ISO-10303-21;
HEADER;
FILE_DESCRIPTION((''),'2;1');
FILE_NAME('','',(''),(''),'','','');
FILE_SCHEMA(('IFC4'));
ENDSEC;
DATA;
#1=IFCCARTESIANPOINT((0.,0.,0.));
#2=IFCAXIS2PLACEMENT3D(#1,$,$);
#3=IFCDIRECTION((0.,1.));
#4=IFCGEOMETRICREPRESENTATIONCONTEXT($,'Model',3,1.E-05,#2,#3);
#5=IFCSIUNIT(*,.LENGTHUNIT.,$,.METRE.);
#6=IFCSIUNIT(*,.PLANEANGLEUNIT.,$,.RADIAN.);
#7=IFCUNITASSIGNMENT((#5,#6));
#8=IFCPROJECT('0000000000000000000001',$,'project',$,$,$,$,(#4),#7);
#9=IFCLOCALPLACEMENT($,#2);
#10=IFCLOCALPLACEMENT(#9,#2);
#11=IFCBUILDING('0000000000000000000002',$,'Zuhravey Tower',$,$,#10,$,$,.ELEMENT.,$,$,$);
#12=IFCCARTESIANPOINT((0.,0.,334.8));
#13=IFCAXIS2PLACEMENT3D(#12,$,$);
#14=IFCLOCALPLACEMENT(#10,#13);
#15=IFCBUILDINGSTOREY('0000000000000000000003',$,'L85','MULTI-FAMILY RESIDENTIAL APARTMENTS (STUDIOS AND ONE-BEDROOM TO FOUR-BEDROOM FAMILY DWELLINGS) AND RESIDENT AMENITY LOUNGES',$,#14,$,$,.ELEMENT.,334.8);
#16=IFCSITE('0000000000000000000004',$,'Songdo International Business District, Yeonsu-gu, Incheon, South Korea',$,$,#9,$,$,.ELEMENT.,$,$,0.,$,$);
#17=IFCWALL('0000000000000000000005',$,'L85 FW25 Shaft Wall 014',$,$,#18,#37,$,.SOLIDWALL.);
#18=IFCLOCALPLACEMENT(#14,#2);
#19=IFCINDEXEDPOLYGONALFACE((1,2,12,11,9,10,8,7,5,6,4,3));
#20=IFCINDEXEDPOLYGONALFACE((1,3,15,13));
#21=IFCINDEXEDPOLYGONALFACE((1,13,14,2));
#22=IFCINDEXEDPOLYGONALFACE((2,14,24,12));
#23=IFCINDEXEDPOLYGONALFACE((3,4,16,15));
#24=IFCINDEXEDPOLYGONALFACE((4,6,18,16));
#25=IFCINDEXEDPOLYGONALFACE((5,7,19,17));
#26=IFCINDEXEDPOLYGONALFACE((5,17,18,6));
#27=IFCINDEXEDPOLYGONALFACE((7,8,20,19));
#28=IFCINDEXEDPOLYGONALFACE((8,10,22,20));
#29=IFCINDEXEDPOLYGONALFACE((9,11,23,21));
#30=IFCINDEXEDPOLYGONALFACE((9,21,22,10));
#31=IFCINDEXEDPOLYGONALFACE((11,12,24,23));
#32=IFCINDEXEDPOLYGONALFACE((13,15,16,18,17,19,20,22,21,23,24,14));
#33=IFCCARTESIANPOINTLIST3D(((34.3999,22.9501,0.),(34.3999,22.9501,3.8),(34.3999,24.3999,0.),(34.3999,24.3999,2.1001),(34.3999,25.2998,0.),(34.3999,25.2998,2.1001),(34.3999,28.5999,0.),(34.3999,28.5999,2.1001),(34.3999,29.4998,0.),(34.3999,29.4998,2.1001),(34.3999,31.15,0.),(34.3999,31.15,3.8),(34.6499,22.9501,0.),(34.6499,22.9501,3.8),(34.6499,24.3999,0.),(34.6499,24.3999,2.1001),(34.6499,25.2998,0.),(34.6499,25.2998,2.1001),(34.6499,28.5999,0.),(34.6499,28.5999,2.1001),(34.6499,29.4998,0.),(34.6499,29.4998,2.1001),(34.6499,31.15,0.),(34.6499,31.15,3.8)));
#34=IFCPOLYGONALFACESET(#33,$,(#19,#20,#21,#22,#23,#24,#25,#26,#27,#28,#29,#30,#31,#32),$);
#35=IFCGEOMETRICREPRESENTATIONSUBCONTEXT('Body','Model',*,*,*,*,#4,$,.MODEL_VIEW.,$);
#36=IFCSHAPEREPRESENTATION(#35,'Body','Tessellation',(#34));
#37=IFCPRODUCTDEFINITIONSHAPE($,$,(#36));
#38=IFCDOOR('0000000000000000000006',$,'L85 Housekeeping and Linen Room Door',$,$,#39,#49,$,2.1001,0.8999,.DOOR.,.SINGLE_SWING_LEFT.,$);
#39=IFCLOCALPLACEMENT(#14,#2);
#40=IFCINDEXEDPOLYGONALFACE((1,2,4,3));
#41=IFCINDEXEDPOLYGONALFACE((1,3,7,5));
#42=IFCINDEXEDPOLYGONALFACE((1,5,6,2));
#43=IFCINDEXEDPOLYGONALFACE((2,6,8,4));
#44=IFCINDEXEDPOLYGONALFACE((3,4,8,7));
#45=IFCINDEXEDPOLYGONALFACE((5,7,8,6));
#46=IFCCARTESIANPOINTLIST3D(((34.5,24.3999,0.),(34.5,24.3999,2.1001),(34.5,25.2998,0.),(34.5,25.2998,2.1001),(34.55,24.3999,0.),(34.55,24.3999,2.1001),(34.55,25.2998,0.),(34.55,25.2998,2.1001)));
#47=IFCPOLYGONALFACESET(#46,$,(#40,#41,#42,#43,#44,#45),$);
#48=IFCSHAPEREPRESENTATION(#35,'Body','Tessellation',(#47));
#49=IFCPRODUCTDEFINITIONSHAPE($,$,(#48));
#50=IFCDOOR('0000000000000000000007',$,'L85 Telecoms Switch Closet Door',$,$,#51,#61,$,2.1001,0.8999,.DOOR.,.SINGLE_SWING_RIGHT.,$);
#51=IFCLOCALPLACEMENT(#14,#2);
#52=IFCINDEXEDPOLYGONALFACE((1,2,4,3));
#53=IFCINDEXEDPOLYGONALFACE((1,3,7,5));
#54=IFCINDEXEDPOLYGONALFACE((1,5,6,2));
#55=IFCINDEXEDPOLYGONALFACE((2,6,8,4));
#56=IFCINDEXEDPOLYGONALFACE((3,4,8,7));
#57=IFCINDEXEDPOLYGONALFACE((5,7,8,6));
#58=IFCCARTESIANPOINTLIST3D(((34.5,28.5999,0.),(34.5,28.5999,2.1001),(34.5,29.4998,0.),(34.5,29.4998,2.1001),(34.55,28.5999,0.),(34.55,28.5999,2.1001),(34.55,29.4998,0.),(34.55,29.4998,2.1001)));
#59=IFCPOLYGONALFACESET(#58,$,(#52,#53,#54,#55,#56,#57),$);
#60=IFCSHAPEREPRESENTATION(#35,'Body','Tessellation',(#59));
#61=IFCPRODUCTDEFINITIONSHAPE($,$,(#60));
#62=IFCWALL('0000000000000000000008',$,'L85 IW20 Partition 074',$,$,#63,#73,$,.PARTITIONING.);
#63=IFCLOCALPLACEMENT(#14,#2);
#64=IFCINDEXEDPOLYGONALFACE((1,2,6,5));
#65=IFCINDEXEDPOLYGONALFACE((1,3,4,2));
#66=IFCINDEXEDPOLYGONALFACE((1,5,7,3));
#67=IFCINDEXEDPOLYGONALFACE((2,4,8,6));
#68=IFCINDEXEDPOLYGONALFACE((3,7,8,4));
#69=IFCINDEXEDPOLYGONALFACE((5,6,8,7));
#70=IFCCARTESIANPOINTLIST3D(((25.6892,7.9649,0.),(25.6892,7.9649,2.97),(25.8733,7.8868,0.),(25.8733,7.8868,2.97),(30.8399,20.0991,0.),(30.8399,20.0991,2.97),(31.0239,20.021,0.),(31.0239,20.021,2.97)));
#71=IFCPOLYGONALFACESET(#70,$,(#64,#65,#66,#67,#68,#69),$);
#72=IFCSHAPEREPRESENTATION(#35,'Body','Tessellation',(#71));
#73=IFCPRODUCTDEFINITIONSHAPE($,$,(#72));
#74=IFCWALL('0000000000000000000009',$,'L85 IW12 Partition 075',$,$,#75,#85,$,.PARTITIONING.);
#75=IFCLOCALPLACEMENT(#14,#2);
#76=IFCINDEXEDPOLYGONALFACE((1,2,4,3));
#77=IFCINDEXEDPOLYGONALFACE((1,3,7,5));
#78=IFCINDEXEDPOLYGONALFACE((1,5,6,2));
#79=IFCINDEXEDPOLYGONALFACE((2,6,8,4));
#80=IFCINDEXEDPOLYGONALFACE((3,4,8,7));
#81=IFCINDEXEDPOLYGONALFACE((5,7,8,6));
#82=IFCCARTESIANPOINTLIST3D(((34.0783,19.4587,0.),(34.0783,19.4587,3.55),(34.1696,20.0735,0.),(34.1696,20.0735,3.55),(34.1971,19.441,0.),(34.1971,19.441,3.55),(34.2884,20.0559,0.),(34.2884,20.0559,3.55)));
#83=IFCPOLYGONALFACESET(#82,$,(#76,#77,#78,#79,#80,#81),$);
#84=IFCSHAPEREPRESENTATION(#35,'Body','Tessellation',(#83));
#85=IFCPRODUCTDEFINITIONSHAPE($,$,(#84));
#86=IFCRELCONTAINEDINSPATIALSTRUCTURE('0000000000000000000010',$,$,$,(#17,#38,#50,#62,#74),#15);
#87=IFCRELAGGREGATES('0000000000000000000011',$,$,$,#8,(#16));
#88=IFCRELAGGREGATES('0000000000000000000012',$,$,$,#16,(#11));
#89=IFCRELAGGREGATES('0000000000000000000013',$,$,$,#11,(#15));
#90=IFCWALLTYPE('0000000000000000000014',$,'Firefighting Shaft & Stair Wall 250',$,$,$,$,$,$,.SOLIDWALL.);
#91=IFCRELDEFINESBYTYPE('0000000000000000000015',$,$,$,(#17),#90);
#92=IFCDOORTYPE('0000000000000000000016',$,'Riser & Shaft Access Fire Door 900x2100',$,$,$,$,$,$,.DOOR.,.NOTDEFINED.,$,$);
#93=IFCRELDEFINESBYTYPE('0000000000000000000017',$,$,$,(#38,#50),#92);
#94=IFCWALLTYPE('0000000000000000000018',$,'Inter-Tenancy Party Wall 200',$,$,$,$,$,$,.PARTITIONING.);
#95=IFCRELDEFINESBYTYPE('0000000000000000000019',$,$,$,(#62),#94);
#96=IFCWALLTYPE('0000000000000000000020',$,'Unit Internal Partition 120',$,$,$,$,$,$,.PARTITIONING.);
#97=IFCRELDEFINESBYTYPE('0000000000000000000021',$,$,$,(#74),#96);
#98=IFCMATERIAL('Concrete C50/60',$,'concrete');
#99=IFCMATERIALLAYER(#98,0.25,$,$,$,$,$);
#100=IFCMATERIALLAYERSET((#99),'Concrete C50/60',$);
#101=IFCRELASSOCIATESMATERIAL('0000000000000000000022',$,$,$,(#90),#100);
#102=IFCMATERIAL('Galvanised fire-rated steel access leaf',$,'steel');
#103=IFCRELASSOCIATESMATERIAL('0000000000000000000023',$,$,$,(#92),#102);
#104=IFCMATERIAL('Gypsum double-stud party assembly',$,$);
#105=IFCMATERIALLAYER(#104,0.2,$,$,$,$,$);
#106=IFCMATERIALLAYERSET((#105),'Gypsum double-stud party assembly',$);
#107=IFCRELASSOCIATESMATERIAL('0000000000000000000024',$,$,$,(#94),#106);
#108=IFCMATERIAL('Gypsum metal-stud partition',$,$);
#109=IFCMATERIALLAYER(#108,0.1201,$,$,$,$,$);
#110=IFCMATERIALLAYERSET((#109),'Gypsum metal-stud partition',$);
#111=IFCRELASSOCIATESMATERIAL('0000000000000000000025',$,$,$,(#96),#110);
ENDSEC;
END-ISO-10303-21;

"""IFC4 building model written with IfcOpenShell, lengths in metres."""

from ifc_helpers import new_model, si_unit, direction, frame, frame_2d, origin, place, context, subcontext, project, spatial, rectangle, extrude, material, layer, layer_set, type_object, element, fill, save


model = new_model("IFC4")

# Units and contexts
model_context = context("Model", 3, precision=1e-05, world=origin(), true_north=direction((0.0, 1.0)))
body_context = subcontext(model_context, "Body", "Model", "MODEL_VIEW")
ifc_project = project(units=[si_unit("LENGTHUNIT", "METRE"), si_unit("PLANEANGLEUNIT", "RADIAN")], contexts=[model_context])

# Site, building, storey
site_placement = place(None, origin())
site = spatial("IfcSite", under=ifc_project, at=site_placement, Name="Songdo International Business District, Yeonsu-gu, Incheon, South Korea", CompositionType="ELEMENT", RefElevation=0.0)
building_placement = place(site_placement, origin())
building = spatial("IfcBuilding", under=site, at=building_placement, Name="Zuhravey Tower", CompositionType="ELEMENT")
storey_placement = place(building_placement, frame((0.0, 0.0, 334.8)))
storey = spatial("IfcBuildingStorey", under=building, at=storey_placement, Name="L85", Description="MULTI-FAMILY RESIDENTIAL APARTMENTS (STUDIOS AND ONE-BEDROOM TO FOUR-BEDROOM FAMILY DWELLINGS) AND RESIDENT AMENITY LOUNGES", CompositionType="ELEMENT", Elevation=334.8)

# Shared definitions
ifc_material_1 = material(Name="Concrete C50/60", Category="concrete")

# Shared definitions
ifc_layer_1 = layer(ifc_material_1, 0.25)
ifc_layer_set_1 = layer_set([ifc_layer_1], Name="Concrete C50/60")
wall_type_1 = type_object("IfcWallType", Name="Firefighting Shaft & Stair Wall 250", PredefinedType="SOLIDWALL", material=ifc_layer_set_1)
ifc_material_2 = material(Name="Galvanised fire-rated steel access leaf", Category="steel")
door_type_1 = type_object("IfcDoorType", Name="Riser & Shaft Access Fire Door 900x2100", OperationType="NOTDEFINED", PredefinedType="DOOR", material=ifc_material_2)

# Wall, openings, doors
wall_1_placement = place(storey_placement, frame((34.5249, 22.95, 0.0), z_axis=(0.0, 0.0, 1.0), x_axis=(0.0, 1.0, 0.0)))
wall_1 = element("IfcWall", 1, at=wall_1_placement, inside=storey, type_object=wall_type_1, Name="L85 FW25 Shaft Wall 014", PredefinedType="SOLIDWALL", context=body_context, shape_type="SweptSolid", body=[
    extrude(rectangle(XDim=8.2, YDim=0.25, at=frame_2d((4.1001, 0.0))), origin(), (0.0, 0.0, 1.0), 3.8),
])
opening_1_placement = place(wall_1_placement, frame((1.45, 0.0, 0.0)))
opening_1 = element("IfcOpeningElement", 2, at=opening_1_placement, cuts=wall_1, PredefinedType="OPENING", context=body_context, shape_type="SweptSolid", body=[
    extrude(rectangle(XDim=0.8999, YDim=2.1001, at=frame_2d((0.45, 1.05))), frame((0.0, 0.137, 0.0), z_axis=(0.0, -1.0, 0.0), x_axis=(1.0, 0.0, 0.0)), (0.0, 0.0, 1.0), 0.2739),
])
opening_2_placement = place(wall_1_placement, frame((5.6499, 0.0, 0.0)))
opening_2 = element("IfcOpeningElement", 3, at=opening_2_placement, cuts=wall_1, PredefinedType="OPENING", context=body_context, shape_type="SweptSolid", body=[
    extrude(rectangle(XDim=0.8999, YDim=2.1001, at=frame_2d((0.45, 1.05))), frame((0.0, 0.137, 0.0), z_axis=(0.0, -1.0, 0.0), x_axis=(1.0, 0.0, 0.0)), (0.0, 0.0, 1.0), 0.2739),
])
door_1_placement = place(opening_1_placement, origin())
door_1 = element("IfcDoor", 4, at=door_1_placement, inside=storey, type_object=door_type_1, Name="L85 Housekeeping and Linen Room Door", OperationType="SINGLE_SWING_LEFT", OverallHeight=2.1001, OverallWidth=0.8999, PredefinedType="DOOR", context=body_context, shape_type="SweptSolid", body=[
    extrude(rectangle(XDim=0.8999, YDim=2.1001, at=frame_2d((0.45, 1.05))), frame((0.0, 0.0249, 0.0), z_axis=(0.0, -1.0, 0.0), x_axis=(1.0, 0.0, 0.0)), (0.0, 0.0, 1.0), 0.05),
])
fill(opening_1, door_1)
door_2_placement = place(opening_2_placement, origin())
door_2 = element("IfcDoor", 5, at=door_2_placement, inside=storey, type_object=door_type_1, Name="L85 Telecoms Switch Closet Door", OperationType="SINGLE_SWING_RIGHT", OverallHeight=2.1001, OverallWidth=0.8999, PredefinedType="DOOR", context=body_context, shape_type="SweptSolid", body=[
    extrude(rectangle(XDim=0.8999, YDim=2.1001, at=frame_2d((0.45, 1.05))), frame((0.0, 0.0249, 0.0), z_axis=(0.0, -1.0, 0.0), x_axis=(1.0, 0.0, 0.0)), (0.0, 0.0, 1.0), 0.05),
])
fill(opening_2, door_2)

# Walls
ifc_material_3 = material(Name="Gypsum double-stud party assembly")
ifc_layer_2 = layer(ifc_material_3, 0.2)
ifc_layer_set_2 = layer_set([ifc_layer_2], Name="Gypsum double-stud party assembly")
wall_type_2 = type_object("IfcWallType", Name="Inter-Tenancy Party Wall 200", PredefinedType="PARTITIONING", material=ifc_layer_set_2)
wall_2_placement = place(storey_placement, frame((30.9319, 20.0601, 0.0), z_axis=(0.0, 0.0, 1.0), x_axis=(-0.390727, -0.920507, 0.0)))
element("IfcWall", 6, at=wall_2_placement, inside=storey, type_object=wall_type_2, Name="L85 IW20 Partition 074", PredefinedType="PARTITIONING", context=body_context, shape_type="SweptSolid", body=[
    extrude(rectangle(XDim=13.1821, YDim=0.2, at=frame_2d((6.5911, 0.0))), origin(), (0.0, 0.0, 1.0), 2.97),
])
ifc_material_4 = material(Name="Gypsum metal-stud partition")
ifc_layer_3 = layer(ifc_material_4, 0.1201)
ifc_layer_set_3 = layer_set([ifc_layer_3], Name="Gypsum metal-stud partition")
wall_type_3 = type_object("IfcWallType", Name="Unit Internal Partition 120", PredefinedType="PARTITIONING", material=ifc_layer_set_3)
wall_3_placement = place(storey_placement, frame((34.229, 20.0647, 0.0), z_axis=(0.0, 0.0, 1.0), x_axis=(-0.146919, -0.989149, 0.0)))
element("IfcWall", 7, at=wall_3_placement, inside=storey, type_object=wall_type_3, Name="L85 IW12 Partition 075", PredefinedType="PARTITIONING", context=body_context, shape_type="SweptSolid", body=[
    extrude(rectangle(XDim=0.6216, YDim=0.1201, at=frame_2d((0.3108, 0.0))), origin(), (0.0, 0.0, 1.0), 3.55),
])

save(model, "model.ifc")
